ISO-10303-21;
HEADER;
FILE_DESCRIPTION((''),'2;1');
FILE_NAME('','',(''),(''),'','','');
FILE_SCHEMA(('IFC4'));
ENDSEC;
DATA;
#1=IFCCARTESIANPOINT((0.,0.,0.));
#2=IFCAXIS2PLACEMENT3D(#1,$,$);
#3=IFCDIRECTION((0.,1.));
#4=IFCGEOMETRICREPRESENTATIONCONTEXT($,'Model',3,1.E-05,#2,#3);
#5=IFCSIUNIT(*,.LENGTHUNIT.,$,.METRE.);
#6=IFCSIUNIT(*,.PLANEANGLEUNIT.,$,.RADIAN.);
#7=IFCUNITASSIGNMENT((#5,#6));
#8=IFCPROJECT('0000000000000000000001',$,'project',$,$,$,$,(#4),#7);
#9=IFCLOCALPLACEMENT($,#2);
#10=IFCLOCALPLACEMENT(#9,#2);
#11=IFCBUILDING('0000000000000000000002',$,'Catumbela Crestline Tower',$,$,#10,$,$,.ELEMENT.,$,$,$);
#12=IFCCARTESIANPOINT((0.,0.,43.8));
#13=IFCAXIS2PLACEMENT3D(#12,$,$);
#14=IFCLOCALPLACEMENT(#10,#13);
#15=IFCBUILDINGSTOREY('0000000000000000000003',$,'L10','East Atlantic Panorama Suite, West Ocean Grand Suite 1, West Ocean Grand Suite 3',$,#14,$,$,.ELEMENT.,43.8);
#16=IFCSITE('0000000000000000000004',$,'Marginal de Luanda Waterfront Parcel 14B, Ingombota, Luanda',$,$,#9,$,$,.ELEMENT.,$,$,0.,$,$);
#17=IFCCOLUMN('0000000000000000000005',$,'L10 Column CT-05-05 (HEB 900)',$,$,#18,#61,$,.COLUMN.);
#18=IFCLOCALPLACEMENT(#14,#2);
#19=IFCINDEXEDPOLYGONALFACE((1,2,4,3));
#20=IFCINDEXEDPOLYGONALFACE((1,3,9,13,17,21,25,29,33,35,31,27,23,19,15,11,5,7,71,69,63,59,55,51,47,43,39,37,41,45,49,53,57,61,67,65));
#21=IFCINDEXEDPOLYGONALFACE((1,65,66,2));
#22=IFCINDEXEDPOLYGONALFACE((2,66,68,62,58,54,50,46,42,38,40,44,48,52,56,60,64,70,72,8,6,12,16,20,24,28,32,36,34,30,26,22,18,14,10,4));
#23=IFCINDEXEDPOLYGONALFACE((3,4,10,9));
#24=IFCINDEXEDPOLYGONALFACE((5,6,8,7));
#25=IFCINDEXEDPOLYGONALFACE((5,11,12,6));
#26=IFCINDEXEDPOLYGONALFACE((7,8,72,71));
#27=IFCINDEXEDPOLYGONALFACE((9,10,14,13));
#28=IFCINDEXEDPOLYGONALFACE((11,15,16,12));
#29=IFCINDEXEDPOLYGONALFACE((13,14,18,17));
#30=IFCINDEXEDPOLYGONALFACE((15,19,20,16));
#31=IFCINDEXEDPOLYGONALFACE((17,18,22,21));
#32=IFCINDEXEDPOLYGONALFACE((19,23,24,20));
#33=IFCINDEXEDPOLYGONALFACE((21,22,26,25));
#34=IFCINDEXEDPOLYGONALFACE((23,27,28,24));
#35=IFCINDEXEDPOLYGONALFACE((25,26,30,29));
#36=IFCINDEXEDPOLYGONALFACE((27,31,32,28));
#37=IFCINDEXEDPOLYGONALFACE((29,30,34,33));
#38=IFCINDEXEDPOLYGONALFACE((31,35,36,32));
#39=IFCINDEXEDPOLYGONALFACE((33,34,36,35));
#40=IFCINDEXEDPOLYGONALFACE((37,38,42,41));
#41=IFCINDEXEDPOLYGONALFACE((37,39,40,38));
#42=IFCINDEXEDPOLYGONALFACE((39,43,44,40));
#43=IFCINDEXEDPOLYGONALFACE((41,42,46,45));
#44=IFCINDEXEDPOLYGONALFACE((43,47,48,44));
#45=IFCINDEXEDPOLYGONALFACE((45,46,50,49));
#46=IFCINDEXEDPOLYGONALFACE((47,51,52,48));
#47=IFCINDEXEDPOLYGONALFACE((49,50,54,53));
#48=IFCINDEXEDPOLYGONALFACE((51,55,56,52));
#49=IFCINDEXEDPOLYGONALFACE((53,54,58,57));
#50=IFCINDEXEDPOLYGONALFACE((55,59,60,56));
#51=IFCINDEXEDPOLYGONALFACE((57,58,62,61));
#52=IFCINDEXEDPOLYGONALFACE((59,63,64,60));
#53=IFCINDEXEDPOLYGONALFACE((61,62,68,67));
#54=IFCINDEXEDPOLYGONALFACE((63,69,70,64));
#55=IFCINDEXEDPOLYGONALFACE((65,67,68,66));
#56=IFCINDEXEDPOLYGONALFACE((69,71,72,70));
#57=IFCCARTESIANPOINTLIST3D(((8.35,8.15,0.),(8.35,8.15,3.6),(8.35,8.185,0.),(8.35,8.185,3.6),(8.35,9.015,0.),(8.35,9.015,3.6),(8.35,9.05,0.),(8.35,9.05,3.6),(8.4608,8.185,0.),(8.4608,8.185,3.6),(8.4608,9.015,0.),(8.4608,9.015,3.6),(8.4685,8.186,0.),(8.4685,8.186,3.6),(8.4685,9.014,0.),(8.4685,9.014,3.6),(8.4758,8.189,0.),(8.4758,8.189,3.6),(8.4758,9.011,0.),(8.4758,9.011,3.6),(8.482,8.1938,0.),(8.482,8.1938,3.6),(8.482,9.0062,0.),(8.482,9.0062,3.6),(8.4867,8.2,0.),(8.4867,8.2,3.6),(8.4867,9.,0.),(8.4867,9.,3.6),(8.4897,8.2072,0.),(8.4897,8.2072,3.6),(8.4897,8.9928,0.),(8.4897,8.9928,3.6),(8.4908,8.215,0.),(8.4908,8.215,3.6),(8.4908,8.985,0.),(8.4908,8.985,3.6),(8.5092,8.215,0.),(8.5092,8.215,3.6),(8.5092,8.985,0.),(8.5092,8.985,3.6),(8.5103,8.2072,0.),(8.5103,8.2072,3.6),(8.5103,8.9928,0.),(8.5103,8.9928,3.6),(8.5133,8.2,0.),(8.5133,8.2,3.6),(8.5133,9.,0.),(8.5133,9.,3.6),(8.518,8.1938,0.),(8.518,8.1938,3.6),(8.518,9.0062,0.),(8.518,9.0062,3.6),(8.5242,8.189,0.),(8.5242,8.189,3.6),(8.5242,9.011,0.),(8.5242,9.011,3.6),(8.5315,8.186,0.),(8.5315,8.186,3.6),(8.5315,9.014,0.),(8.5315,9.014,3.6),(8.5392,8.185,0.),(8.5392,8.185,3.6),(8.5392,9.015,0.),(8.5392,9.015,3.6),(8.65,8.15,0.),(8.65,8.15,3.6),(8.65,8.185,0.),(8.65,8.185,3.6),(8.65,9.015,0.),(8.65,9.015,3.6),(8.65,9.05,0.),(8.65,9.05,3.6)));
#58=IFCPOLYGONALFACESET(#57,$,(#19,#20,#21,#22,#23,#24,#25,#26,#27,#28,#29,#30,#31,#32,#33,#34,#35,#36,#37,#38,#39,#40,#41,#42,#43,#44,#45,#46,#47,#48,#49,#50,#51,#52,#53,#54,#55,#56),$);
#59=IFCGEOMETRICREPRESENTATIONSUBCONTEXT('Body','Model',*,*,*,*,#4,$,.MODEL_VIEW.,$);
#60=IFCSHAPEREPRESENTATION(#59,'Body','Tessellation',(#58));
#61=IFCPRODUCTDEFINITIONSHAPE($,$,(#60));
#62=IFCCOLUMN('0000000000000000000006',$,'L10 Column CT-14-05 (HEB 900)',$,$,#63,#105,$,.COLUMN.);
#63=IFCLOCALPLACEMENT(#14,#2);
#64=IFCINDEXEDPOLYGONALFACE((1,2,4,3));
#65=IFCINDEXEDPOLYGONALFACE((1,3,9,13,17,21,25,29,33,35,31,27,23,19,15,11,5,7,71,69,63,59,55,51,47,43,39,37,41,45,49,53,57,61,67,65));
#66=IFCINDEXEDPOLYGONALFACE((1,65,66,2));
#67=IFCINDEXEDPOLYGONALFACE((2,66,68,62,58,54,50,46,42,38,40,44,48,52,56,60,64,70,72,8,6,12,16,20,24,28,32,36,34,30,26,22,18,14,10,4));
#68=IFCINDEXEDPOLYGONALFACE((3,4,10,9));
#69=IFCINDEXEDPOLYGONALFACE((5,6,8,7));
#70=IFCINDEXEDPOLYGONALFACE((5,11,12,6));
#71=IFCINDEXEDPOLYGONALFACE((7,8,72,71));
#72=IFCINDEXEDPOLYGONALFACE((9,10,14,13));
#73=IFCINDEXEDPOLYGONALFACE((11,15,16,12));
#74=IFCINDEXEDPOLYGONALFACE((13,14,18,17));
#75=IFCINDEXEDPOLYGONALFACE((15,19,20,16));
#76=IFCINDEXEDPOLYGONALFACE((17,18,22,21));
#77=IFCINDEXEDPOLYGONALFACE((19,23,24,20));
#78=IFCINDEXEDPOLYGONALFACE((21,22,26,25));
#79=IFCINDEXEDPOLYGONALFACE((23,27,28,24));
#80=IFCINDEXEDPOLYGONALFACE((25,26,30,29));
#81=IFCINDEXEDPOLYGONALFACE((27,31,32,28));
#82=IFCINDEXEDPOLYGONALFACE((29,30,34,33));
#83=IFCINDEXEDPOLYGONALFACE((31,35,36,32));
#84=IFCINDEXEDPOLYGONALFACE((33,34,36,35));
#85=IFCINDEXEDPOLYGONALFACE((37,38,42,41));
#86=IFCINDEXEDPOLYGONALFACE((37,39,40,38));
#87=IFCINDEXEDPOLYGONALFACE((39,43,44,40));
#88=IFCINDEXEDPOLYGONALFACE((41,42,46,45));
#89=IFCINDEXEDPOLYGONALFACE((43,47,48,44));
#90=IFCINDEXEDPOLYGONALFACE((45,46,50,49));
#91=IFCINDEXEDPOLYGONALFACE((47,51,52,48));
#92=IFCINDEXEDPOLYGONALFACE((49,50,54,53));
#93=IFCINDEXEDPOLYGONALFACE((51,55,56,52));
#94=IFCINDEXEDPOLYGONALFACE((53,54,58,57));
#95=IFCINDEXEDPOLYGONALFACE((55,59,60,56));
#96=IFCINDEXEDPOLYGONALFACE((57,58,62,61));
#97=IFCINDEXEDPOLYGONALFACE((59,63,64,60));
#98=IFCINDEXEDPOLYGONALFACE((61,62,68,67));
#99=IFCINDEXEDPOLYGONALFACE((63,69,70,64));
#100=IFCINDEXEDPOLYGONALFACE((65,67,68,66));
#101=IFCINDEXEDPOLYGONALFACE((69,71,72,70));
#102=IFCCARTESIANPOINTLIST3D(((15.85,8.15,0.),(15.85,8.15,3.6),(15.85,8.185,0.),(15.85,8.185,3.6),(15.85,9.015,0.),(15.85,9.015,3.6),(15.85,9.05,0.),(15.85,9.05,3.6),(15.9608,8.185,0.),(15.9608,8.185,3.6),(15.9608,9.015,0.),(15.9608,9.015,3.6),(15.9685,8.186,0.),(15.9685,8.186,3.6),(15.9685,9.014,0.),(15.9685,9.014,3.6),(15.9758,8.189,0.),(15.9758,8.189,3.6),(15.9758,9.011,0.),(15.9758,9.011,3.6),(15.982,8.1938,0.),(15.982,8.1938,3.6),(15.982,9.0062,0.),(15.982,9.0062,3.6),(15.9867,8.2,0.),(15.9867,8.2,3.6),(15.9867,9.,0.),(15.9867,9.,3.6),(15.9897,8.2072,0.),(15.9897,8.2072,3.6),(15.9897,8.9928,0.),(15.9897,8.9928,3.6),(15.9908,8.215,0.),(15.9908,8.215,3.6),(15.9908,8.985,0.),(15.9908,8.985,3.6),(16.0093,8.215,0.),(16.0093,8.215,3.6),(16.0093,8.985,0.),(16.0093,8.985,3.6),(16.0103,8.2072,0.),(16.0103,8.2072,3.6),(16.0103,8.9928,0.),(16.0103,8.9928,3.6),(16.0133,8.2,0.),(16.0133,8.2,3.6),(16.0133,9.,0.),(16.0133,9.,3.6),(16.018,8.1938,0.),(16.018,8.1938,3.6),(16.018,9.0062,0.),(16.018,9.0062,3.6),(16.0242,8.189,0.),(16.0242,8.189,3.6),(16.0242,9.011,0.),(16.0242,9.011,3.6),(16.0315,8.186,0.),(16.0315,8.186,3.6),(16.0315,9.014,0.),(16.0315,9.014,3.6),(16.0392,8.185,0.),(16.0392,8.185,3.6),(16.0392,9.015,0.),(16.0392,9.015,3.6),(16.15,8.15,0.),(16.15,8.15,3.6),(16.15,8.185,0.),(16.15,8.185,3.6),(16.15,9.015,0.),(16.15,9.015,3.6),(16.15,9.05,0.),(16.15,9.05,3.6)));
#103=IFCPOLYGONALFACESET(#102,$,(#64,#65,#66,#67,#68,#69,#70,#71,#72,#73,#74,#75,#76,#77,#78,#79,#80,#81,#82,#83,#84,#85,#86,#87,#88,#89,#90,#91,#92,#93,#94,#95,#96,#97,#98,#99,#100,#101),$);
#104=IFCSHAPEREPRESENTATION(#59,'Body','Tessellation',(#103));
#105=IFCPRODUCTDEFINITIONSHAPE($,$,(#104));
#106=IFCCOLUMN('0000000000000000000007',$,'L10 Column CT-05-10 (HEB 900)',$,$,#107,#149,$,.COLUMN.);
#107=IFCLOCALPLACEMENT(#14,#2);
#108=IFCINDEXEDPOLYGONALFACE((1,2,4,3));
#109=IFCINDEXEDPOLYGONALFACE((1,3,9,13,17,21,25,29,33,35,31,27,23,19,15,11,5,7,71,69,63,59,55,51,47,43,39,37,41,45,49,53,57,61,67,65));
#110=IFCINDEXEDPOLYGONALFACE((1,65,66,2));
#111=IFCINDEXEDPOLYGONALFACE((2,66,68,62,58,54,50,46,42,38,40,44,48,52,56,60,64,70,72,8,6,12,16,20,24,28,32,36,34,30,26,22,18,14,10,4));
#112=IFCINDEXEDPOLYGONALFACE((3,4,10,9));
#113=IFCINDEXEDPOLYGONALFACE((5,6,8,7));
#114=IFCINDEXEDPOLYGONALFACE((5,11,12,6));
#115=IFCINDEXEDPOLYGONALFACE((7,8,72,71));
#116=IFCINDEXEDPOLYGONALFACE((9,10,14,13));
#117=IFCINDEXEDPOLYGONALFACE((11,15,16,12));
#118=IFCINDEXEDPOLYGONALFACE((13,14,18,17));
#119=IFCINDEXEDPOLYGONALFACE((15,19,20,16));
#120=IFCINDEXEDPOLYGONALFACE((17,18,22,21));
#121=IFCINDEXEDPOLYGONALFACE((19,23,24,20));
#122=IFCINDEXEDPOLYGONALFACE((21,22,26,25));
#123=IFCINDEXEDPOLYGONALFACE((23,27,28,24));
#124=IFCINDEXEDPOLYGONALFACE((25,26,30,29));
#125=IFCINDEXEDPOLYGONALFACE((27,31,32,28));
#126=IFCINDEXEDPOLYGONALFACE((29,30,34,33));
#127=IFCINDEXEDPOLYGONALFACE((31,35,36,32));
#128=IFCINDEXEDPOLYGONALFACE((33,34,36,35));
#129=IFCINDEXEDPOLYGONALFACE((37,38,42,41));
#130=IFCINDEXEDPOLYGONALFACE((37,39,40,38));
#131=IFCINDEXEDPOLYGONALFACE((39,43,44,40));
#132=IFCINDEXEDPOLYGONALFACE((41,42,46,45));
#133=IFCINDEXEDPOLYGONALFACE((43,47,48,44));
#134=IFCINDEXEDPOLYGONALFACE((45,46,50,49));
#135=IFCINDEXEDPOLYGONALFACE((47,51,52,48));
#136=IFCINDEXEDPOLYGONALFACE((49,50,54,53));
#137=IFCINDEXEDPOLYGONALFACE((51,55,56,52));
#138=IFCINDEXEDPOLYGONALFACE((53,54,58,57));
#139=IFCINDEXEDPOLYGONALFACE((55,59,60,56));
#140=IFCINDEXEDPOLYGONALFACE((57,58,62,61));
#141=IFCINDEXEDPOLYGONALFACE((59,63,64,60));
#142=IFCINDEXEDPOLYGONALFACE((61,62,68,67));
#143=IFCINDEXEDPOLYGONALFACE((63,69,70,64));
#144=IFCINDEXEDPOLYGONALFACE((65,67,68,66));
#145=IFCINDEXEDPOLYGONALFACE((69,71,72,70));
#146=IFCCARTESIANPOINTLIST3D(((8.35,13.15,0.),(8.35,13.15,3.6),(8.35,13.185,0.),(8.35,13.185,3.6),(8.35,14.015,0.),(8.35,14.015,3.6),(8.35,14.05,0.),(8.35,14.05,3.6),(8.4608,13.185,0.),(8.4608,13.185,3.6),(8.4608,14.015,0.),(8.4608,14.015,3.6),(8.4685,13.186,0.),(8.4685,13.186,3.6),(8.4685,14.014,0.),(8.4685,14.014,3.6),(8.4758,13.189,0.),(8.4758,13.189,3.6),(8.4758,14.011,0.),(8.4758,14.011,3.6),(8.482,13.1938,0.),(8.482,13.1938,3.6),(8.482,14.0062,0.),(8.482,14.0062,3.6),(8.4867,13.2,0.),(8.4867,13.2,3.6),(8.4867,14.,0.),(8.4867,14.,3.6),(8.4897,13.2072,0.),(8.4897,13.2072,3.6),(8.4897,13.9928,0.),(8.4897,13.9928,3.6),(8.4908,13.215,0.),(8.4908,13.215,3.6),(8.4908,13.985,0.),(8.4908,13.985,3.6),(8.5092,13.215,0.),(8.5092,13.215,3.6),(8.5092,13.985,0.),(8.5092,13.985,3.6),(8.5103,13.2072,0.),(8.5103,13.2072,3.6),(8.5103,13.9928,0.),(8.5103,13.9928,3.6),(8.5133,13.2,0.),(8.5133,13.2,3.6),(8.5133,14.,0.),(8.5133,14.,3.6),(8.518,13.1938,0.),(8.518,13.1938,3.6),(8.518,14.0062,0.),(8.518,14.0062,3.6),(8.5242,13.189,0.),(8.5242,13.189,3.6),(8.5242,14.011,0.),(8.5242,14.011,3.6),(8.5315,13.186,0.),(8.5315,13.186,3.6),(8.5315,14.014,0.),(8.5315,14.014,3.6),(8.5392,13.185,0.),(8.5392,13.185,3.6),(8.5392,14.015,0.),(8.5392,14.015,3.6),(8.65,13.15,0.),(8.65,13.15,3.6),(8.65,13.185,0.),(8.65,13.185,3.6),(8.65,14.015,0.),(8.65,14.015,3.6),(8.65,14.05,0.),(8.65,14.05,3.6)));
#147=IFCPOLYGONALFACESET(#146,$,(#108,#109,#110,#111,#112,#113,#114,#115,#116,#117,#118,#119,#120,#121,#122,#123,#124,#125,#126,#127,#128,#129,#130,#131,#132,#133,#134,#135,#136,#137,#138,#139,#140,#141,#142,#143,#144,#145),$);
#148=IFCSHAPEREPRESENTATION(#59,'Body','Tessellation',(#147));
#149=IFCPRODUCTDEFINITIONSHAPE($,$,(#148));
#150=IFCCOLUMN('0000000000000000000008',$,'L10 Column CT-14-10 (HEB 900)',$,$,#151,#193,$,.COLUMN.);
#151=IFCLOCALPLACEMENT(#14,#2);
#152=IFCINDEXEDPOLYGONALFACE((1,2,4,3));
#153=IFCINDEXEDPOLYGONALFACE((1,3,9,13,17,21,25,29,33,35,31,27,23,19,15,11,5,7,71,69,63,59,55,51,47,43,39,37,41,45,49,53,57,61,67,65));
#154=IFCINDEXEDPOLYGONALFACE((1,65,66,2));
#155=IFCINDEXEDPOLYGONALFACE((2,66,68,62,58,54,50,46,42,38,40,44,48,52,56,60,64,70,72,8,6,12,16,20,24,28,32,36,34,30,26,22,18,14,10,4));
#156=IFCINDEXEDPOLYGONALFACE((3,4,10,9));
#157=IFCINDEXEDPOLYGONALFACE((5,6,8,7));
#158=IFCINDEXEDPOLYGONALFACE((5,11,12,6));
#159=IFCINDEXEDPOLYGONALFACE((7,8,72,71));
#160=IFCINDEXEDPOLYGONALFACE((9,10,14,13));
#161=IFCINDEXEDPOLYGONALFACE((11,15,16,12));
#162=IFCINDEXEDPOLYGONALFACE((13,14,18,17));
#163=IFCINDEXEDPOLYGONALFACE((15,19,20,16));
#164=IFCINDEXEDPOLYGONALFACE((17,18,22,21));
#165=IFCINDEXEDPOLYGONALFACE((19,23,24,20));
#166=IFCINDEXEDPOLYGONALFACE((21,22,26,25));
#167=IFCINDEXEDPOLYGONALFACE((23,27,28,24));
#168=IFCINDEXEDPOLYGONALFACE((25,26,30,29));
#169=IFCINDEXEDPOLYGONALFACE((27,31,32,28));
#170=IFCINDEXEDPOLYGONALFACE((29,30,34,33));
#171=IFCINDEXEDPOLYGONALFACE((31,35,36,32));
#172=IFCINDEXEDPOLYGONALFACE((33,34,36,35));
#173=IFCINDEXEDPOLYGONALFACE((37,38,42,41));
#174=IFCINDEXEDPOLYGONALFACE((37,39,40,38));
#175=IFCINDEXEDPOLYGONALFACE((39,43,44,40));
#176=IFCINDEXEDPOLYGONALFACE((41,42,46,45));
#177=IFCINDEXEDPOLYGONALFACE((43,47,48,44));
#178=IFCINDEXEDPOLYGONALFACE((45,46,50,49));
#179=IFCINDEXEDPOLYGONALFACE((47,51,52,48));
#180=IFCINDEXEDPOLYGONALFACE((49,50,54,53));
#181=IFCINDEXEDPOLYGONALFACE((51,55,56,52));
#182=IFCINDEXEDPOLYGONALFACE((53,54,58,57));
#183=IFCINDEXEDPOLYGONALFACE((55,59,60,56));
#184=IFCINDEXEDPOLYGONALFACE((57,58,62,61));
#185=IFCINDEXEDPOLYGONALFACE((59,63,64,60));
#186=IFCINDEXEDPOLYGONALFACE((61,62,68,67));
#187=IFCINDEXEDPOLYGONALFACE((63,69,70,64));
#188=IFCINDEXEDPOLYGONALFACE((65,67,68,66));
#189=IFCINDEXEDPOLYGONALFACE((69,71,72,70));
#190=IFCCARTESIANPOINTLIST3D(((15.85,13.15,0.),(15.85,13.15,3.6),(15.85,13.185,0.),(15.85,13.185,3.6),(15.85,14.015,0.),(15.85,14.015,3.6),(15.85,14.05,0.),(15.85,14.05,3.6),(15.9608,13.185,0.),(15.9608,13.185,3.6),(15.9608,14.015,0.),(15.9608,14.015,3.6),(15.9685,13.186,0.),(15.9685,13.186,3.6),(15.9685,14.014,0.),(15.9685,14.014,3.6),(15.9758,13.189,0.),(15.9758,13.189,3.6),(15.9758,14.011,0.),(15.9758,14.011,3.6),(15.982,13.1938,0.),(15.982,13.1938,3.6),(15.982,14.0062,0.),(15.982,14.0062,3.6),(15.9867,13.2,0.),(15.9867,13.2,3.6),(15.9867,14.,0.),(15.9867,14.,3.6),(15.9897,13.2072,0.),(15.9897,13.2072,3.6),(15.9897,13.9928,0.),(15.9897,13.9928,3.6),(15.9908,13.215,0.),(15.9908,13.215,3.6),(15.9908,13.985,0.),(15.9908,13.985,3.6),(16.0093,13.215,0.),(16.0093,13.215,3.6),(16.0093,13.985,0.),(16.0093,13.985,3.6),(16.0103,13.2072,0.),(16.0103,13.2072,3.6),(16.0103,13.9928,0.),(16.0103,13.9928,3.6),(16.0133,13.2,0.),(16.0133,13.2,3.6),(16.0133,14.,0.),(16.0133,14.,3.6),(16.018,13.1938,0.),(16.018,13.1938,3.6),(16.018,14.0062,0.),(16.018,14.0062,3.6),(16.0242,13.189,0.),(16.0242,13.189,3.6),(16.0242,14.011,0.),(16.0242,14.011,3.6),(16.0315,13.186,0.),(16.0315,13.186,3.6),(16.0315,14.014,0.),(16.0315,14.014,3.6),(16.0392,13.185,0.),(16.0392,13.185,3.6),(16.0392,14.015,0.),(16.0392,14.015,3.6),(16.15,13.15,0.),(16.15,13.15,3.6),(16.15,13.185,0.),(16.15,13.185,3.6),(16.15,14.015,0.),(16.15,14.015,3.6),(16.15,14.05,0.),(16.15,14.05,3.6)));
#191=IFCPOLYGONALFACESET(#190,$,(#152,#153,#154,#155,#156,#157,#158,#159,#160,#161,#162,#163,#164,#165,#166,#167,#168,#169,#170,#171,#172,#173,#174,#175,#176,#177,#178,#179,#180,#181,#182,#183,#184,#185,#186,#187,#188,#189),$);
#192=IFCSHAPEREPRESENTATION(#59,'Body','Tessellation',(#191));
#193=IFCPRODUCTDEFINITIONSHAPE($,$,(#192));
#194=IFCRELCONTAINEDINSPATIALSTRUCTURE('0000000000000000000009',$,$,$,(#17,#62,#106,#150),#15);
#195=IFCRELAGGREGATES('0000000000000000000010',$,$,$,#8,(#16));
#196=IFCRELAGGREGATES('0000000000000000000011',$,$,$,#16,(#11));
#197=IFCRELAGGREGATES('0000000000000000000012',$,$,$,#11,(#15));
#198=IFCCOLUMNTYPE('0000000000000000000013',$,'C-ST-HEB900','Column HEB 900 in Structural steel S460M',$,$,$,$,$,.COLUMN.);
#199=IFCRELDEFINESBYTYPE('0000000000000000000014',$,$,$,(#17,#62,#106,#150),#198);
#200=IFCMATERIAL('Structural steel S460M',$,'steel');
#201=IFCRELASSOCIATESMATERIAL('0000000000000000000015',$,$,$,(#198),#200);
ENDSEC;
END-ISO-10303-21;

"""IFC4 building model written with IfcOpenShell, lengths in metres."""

from ifc_helpers import new_model, si_unit, direction, frame, origin, origin_2d, place, context, subcontext, project, spatial, i_section, extrude, material, material_profile, profile_set, type_object, element, save


model = new_model("IFC4")

# Units and contexts
model_context = context("Model", 3, precision=1e-05, world=origin(), true_north=direction((0.0, 1.0)))
body_context = subcontext(model_context, "Body", "Model", "MODEL_VIEW")
ifc_project = project(units=[si_unit("LENGTHUNIT", "METRE"), si_unit("PLANEANGLEUNIT", "RADIAN")], contexts=[model_context])

# Site, building, storey
site_placement = place(None, origin())
site = spatial("IfcSite", under=ifc_project, at=site_placement, Name="Marginal de Luanda Waterfront Parcel 14B, Ingombota, Luanda", CompositionType="ELEMENT", RefElevation=0.0)
building_placement = place(site_placement, origin())
building = spatial("IfcBuilding", under=site, at=building_placement, Name="Catumbela Crestline Tower", CompositionType="ELEMENT")
storey_placement = place(building_placement, frame((0.0, 0.0, 43.8)))
storey = spatial("IfcBuildingStorey", under=building, at=storey_placement, Name="L10", Description="East Atlantic Panorama Suite, West Ocean Grand Suite 1, West Ocean Grand Suite 3", CompositionType="ELEMENT", Elevation=43.8)

# Columns
ifc_material_1 = material(Name="Structural steel S460M", Category="steel")
ifc_material_profile_1 = material_profile(ifc_material_1, i_section(OverallWidth=0.3, OverallDepth=0.9, WebThickness=0.0185, FlangeThickness=0.035, FilletRadius=0.03, at=origin_2d()), Name="HEB 900")
ifc_profile_set_1 = profile_set([ifc_material_profile_1], Name="Structural steel S460M")
column_type = type_object("IfcColumnType", Name="C-ST-HEB900", Description="Column HEB 900 in Structural steel S460M", PredefinedType="COLUMN", material=ifc_profile_set_1)
for number, where, z_axis, x_axis, name in (
    (1, (8.5, 8.6, 0.0), (0.0, 0.0, 1.0), (1.0, 0.0, 0.0), "L10 Column CT-05-05 (HEB 900)"),
    (2, (16.0, 8.6, 0.0), (0.0, 0.0, 1.0), (1.0, 0.0, 0.0), "L10 Column CT-14-05 (HEB 900)"),
    (3, (8.5, 13.6, 0.0), (0.0, 0.0, 1.0), (1.0, 0.0, 0.0), "L10 Column CT-05-10 (HEB 900)"),
    (4, (16.0, 13.6, 0.0), (0.0, 0.0, 1.0), (1.0, 0.0, 0.0), "L10 Column CT-14-10 (HEB 900)"),
):
    element("IfcColumn", number, at=place(storey_placement, frame(where, z_axis=z_axis, x_axis=x_axis)), inside=storey, type_object=column_type, Name=name, PredefinedType="COLUMN", context=body_context, shape_type="SweptSolid", body=[
        extrude(i_section(OverallWidth=0.3, OverallDepth=0.9, WebThickness=0.0185, FlangeThickness=0.035, FilletRadius=0.03, at=origin_2d()), origin(), (0.0, 0.0, 1.0), 3.6),
    ])

save(model, "model.ifc")
